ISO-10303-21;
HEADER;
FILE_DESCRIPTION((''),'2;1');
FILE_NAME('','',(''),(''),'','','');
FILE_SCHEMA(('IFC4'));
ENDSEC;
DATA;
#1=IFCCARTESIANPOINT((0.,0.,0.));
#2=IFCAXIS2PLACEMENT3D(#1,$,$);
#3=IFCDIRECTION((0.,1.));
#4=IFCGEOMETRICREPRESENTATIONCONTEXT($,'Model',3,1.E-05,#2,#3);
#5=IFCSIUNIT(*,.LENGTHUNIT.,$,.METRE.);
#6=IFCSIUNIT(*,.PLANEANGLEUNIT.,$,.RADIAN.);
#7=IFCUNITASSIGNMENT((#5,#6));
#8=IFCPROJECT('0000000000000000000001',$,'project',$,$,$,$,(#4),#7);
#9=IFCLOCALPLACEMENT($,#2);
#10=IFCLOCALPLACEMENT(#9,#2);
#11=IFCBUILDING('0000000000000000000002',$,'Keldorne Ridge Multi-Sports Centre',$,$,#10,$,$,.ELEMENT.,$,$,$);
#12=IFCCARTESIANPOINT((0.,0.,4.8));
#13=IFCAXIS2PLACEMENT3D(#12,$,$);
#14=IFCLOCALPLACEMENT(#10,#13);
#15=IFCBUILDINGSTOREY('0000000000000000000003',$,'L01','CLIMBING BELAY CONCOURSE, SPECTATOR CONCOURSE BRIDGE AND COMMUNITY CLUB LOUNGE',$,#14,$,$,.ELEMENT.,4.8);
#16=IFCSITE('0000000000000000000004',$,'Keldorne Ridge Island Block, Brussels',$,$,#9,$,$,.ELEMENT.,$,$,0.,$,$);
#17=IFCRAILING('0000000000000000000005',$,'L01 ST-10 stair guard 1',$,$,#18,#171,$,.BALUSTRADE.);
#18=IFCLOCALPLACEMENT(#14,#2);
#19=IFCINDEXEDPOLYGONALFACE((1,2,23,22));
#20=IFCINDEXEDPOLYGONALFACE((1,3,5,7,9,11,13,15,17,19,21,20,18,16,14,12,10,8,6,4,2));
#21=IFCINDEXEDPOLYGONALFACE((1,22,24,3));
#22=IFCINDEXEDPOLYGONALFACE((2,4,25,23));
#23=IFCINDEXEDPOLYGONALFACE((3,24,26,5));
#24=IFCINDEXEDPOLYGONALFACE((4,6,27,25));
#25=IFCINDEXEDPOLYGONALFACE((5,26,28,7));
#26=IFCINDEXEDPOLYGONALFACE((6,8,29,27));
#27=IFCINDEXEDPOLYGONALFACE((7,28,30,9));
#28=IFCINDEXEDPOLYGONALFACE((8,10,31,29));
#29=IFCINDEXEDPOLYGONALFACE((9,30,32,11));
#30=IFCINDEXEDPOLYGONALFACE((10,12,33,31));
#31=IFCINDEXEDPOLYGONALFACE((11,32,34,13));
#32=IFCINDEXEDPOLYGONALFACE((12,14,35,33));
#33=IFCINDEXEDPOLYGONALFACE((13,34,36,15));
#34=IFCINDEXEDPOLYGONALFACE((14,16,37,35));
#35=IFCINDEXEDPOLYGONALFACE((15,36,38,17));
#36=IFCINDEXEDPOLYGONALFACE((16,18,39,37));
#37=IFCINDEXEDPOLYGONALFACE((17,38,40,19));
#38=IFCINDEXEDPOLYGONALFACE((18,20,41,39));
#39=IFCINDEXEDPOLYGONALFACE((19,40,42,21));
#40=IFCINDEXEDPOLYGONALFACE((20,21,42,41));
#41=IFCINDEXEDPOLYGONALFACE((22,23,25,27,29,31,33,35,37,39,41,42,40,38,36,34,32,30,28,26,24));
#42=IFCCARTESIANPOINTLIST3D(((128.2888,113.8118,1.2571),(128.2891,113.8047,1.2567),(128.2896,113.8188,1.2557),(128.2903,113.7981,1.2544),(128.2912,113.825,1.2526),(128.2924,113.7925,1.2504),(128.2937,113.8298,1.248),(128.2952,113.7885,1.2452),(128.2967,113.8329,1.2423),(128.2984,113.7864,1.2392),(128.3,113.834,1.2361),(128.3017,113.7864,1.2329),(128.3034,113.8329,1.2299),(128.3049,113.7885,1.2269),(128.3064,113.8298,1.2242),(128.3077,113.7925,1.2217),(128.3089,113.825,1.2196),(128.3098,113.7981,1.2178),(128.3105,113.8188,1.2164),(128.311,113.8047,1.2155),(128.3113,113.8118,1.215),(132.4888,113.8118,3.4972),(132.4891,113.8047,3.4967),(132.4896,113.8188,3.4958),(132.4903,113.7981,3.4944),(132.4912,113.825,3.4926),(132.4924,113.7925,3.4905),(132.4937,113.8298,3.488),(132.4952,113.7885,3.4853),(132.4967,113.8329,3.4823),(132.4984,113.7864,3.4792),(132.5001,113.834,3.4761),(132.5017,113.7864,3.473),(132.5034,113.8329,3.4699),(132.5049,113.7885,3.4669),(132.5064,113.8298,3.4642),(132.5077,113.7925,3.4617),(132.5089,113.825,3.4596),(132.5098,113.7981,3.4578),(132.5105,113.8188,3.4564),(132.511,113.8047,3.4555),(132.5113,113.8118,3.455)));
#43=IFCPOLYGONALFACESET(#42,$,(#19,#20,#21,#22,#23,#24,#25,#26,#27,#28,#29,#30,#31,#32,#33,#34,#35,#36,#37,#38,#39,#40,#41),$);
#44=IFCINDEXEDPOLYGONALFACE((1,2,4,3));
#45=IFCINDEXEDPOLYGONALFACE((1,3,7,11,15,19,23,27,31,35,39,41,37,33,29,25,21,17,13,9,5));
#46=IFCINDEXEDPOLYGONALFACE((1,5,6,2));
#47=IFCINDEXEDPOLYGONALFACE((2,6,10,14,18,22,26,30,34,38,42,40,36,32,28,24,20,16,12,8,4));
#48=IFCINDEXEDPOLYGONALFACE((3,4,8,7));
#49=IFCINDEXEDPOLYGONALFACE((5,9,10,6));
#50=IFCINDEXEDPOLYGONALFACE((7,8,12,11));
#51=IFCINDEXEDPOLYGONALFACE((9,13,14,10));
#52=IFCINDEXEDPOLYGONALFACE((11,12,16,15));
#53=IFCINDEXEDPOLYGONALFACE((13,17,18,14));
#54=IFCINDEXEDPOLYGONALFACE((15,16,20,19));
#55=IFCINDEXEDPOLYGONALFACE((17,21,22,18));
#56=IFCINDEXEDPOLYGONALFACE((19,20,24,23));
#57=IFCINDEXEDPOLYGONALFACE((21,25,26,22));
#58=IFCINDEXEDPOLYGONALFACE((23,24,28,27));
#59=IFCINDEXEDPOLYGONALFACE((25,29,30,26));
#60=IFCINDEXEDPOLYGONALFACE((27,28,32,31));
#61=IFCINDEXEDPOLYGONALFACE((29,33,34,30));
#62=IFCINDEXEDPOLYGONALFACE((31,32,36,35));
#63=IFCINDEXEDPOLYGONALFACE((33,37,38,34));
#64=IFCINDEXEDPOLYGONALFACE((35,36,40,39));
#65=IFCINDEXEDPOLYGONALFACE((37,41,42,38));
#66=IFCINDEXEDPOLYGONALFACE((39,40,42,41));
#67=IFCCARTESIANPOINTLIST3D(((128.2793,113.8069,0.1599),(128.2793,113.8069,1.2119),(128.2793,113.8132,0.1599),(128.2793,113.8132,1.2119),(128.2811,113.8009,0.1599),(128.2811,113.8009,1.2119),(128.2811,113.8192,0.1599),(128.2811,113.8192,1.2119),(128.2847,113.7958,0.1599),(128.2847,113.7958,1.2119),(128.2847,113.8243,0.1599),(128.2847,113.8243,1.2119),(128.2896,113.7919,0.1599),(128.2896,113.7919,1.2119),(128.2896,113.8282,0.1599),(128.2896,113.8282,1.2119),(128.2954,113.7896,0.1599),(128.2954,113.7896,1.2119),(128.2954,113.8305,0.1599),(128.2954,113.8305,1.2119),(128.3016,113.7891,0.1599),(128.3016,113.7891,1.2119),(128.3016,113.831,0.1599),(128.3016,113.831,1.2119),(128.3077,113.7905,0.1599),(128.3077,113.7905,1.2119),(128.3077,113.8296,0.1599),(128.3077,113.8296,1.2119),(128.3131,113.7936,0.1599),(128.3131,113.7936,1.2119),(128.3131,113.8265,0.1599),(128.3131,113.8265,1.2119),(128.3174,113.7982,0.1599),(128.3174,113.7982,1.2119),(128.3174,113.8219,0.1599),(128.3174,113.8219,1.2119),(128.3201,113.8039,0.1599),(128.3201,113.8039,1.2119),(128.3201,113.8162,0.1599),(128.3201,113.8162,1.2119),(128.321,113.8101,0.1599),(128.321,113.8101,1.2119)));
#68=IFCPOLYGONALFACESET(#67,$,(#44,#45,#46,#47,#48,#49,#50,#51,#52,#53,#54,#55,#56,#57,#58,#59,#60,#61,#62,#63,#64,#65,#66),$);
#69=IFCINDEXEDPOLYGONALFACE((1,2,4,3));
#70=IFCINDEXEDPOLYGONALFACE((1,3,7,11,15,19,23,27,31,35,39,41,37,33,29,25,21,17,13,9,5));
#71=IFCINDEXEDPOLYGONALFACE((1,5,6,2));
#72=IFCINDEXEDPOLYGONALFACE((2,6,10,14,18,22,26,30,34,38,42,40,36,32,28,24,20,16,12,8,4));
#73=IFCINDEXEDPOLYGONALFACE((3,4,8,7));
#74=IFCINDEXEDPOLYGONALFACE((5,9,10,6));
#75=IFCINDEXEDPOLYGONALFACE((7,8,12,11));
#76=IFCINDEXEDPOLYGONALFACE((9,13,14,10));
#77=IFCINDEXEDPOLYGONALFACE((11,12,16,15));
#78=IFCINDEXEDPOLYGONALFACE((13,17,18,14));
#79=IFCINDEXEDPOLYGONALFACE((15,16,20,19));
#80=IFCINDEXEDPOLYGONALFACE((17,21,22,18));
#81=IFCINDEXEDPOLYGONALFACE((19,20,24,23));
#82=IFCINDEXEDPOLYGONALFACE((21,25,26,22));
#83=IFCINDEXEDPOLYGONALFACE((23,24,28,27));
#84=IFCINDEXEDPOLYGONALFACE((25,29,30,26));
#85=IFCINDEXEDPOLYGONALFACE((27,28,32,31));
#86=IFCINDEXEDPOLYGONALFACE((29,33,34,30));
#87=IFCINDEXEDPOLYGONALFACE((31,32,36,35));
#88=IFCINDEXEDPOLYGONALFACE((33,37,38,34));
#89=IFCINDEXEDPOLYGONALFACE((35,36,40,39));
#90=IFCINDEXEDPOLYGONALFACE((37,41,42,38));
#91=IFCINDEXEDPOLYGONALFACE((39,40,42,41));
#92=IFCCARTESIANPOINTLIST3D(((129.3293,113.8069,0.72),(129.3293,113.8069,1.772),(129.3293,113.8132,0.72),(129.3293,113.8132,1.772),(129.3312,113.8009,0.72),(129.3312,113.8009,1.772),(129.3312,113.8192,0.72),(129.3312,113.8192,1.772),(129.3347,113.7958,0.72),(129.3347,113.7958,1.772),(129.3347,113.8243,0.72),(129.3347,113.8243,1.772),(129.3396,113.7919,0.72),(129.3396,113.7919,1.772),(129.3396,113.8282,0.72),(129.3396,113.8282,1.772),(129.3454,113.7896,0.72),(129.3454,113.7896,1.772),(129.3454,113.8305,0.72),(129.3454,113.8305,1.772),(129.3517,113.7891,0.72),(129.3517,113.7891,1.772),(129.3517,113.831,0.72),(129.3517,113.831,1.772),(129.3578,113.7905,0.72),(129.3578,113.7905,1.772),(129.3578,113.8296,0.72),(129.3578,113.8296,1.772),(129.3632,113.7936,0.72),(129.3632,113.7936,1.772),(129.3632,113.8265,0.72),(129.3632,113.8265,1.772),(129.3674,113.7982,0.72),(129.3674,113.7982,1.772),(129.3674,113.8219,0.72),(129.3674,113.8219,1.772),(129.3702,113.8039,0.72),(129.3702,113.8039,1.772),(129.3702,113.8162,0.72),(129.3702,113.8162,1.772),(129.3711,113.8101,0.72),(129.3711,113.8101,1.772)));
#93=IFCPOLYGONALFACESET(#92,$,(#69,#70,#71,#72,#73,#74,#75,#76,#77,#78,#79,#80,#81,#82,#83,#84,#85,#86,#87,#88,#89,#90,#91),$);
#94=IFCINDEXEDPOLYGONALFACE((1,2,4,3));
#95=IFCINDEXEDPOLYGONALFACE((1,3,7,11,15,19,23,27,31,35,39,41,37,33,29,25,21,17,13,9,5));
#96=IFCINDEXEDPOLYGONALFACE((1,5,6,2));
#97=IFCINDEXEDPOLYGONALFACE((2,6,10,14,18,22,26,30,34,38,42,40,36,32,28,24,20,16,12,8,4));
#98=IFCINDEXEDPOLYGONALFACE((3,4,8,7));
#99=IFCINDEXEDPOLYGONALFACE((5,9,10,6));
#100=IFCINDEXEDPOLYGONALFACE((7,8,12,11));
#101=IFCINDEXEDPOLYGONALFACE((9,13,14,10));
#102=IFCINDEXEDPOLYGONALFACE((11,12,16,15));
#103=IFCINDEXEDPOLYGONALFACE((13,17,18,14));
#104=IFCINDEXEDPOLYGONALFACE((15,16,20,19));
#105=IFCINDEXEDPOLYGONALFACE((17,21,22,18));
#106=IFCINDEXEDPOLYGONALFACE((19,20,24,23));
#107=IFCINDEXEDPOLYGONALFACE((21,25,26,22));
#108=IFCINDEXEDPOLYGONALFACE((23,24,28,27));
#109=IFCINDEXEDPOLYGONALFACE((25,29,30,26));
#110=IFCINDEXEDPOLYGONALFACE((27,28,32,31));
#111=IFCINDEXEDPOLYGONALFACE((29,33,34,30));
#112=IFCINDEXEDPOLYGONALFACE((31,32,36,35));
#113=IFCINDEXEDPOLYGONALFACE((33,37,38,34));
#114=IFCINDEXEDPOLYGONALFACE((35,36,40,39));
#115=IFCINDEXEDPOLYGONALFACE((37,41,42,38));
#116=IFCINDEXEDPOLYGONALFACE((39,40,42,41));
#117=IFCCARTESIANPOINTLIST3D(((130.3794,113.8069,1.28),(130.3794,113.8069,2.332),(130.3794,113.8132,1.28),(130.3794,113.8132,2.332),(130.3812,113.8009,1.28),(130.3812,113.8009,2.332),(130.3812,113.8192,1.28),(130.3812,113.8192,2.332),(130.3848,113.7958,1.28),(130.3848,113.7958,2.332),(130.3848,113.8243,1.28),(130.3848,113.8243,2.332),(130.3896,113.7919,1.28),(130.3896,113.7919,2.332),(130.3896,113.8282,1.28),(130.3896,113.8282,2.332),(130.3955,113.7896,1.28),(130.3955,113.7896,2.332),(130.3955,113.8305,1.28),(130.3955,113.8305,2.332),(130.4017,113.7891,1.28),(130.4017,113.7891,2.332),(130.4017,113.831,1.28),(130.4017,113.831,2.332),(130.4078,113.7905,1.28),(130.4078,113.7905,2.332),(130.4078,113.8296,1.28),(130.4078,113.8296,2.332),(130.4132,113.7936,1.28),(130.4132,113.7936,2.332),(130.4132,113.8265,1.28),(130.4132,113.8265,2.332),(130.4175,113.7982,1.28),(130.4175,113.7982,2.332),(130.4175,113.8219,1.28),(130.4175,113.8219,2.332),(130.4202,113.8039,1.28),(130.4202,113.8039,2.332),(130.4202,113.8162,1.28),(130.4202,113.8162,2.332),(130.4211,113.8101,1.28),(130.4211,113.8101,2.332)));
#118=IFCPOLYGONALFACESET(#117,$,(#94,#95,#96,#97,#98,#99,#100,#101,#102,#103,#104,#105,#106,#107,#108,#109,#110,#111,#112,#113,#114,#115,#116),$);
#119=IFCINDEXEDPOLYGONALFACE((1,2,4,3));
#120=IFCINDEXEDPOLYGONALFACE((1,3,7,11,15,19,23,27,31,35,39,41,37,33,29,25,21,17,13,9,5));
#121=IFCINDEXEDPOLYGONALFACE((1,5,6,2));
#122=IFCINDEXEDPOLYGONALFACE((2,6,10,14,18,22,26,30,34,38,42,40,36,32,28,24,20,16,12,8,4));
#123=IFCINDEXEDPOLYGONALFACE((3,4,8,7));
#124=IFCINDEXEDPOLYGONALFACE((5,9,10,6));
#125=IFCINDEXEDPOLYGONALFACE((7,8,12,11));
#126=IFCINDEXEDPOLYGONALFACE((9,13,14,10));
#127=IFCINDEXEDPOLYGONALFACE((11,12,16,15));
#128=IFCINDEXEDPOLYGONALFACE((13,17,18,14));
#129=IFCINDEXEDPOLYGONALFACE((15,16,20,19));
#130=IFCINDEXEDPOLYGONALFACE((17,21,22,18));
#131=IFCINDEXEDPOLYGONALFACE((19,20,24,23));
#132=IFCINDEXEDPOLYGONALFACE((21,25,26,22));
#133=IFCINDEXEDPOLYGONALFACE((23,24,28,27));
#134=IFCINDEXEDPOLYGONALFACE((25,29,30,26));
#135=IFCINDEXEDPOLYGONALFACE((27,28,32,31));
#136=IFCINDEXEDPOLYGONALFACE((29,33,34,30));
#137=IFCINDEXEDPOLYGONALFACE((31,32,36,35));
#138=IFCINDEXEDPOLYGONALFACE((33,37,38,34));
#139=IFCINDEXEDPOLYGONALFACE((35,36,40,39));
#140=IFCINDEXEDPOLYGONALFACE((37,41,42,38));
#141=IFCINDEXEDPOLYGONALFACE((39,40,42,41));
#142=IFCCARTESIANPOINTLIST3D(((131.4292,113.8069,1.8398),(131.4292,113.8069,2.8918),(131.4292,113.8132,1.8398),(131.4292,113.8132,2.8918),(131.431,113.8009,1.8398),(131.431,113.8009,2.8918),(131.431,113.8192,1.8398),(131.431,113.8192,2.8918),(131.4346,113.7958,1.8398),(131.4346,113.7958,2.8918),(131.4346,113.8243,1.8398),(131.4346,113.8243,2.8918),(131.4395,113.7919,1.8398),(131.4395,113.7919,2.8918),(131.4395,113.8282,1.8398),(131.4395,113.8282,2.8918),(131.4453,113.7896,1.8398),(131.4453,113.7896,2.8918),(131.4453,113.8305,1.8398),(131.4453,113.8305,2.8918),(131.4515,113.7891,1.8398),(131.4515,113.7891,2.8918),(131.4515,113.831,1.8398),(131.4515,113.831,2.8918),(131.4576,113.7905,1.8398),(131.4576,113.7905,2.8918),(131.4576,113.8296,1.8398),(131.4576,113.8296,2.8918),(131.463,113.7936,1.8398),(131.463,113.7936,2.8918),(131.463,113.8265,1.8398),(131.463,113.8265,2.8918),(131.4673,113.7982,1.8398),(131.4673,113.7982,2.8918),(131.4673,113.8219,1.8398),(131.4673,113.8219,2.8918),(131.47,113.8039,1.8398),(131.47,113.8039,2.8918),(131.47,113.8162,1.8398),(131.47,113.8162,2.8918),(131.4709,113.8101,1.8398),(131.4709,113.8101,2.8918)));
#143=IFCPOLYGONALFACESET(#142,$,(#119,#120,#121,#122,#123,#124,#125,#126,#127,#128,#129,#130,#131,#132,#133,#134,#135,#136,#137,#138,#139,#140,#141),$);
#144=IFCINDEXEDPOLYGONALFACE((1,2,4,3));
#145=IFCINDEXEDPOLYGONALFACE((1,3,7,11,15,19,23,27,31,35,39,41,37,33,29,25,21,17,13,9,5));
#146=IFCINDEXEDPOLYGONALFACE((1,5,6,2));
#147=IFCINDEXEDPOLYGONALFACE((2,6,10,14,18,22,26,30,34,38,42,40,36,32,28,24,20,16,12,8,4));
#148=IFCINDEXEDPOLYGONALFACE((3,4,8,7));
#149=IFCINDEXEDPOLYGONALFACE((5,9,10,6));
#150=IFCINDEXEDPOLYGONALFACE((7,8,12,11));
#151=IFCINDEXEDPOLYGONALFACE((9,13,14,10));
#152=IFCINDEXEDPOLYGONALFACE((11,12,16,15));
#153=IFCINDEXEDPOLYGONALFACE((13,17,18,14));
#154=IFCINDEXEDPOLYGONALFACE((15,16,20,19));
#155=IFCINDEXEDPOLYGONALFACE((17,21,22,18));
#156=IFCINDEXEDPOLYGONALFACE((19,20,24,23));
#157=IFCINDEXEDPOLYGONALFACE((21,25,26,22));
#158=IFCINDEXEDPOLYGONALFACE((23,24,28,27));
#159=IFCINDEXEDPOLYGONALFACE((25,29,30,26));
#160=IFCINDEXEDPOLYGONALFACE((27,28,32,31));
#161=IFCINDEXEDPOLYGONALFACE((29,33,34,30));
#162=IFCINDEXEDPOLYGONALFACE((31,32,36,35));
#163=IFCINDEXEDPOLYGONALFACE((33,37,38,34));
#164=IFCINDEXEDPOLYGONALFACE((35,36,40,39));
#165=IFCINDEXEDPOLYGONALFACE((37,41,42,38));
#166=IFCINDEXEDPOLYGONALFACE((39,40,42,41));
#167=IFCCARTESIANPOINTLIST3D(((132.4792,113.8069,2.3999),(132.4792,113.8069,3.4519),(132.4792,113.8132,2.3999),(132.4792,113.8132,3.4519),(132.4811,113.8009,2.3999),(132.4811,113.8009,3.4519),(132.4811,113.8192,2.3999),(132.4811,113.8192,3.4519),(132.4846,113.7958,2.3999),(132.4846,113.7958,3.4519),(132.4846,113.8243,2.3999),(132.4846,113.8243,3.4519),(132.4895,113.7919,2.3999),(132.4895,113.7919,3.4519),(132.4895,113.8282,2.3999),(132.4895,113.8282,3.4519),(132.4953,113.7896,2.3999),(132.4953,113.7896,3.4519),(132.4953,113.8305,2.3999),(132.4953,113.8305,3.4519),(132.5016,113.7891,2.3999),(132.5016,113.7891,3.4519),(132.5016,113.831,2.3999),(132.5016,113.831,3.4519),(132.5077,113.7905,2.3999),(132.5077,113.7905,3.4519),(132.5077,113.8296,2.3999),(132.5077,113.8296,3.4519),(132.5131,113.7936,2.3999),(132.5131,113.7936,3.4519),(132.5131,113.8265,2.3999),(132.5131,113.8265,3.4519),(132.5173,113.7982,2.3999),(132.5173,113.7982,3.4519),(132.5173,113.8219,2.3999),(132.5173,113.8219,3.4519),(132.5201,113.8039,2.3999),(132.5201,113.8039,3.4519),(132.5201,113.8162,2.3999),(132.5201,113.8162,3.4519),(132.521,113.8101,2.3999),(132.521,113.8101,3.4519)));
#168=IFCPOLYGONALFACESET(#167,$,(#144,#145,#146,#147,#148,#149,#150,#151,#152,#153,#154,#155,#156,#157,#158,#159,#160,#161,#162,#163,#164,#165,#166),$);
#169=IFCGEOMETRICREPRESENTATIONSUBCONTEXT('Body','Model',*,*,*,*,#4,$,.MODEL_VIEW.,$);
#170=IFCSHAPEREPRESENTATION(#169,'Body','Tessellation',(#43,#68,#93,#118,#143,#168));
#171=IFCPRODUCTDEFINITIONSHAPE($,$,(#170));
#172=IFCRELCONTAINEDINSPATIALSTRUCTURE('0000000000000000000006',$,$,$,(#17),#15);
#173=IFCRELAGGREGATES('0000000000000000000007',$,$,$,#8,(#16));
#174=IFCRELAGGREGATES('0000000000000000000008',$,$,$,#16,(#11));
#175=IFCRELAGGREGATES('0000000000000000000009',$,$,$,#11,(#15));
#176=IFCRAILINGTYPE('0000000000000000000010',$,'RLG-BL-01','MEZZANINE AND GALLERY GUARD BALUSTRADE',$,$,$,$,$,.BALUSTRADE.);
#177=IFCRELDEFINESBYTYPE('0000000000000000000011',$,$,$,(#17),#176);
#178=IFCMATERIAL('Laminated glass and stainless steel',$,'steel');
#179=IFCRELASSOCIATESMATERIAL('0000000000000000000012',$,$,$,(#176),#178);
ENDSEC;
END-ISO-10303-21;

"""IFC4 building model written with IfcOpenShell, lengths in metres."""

from ifc_helpers import new_model, si_unit, direction, frame, origin, origin_2d, place, context, subcontext, project, spatial, circle, extrude, material, type_object, element, save


model = new_model("IFC4")

# Units and contexts
model_context = context("Model", 3, precision=1e-05, world=origin(), true_north=direction((0.0, 1.0)))
body_context = subcontext(model_context, "Body", "Model", "MODEL_VIEW")
ifc_project = project(units=[si_unit("LENGTHUNIT", "METRE"), si_unit("PLANEANGLEUNIT", "RADIAN")], contexts=[model_context])

# Site, building, storey
site_placement = place(None, origin())
site = spatial("IfcSite", under=ifc_project, at=site_placement, Name="Keldorne Ridge Island Block, Brussels", CompositionType="ELEMENT", RefElevation=0.0)
building_placement = place(site_placement, origin())
building = spatial("IfcBuilding", under=site, at=building_placement, Name="Keldorne Ridge Multi-Sports Centre", CompositionType="ELEMENT")
storey_placement = place(building_placement, frame((0.0, 0.0, 4.8)))
storey = spatial("IfcBuildingStorey", under=building, at=storey_placement, Name="L01", Description="CLIMBING BELAY CONCOURSE, SPECTATOR CONCOURSE BRIDGE AND COMMUNITY CLUB LOUNGE", CompositionType="ELEMENT", Elevation=4.8)

# Railing
ifc_material_1 = material(Name="Laminated glass and stainless steel", Category="steel")
railing_type_1 = type_object("IfcRailingType", Name="RLG-BL-01", Description="MEZZANINE AND GALLERY GUARD BALUSTRADE", PredefinedType="BALUSTRADE", material=ifc_material_1)
railing_1_placement = place(storey_placement, frame((128.3, 113.8101, 0.1599)))
element("IfcRailing", 1, at=railing_1_placement, inside=storey, type_object=railing_type_1, Name="L01 ST-10 stair guard 1", PredefinedType="BALUSTRADE", context=body_context, shape_type="SweptSolid", body=[
    extrude(circle(Radius=0.0239, at=origin_2d()), frame((0.0, 0.0, 1.0762), z_axis=(0.882352, 0.0, 0.470591), x_axis=(0.0, 1.0, 0.0)), (0.0, 0.0, 1.0), 4.76),
    extrude(circle(Radius=0.021, at=origin_2d()), origin(), (0.0, 0.0, 1.0), 1.052),
    extrude(circle(Radius=0.021, at=origin_2d()), frame((1.05, 0.0, 0.5601)), (0.0, 0.0, 1.0), 1.052),
    extrude(circle(Radius=0.021, at=origin_2d()), frame((2.1001, 0.0, 1.1201)), (0.0, 0.0, 1.0), 1.052),
    extrude(circle(Radius=0.021, at=origin_2d()), frame((3.1499, 0.0, 1.6799)), (0.0, 0.0, 1.0), 1.052),
    extrude(circle(Radius=0.021, at=origin_2d()), frame((4.2, 0.0, 2.24)), (0.0, 0.0, 1.0), 1.052),
])

save(model, "model.ifc")
